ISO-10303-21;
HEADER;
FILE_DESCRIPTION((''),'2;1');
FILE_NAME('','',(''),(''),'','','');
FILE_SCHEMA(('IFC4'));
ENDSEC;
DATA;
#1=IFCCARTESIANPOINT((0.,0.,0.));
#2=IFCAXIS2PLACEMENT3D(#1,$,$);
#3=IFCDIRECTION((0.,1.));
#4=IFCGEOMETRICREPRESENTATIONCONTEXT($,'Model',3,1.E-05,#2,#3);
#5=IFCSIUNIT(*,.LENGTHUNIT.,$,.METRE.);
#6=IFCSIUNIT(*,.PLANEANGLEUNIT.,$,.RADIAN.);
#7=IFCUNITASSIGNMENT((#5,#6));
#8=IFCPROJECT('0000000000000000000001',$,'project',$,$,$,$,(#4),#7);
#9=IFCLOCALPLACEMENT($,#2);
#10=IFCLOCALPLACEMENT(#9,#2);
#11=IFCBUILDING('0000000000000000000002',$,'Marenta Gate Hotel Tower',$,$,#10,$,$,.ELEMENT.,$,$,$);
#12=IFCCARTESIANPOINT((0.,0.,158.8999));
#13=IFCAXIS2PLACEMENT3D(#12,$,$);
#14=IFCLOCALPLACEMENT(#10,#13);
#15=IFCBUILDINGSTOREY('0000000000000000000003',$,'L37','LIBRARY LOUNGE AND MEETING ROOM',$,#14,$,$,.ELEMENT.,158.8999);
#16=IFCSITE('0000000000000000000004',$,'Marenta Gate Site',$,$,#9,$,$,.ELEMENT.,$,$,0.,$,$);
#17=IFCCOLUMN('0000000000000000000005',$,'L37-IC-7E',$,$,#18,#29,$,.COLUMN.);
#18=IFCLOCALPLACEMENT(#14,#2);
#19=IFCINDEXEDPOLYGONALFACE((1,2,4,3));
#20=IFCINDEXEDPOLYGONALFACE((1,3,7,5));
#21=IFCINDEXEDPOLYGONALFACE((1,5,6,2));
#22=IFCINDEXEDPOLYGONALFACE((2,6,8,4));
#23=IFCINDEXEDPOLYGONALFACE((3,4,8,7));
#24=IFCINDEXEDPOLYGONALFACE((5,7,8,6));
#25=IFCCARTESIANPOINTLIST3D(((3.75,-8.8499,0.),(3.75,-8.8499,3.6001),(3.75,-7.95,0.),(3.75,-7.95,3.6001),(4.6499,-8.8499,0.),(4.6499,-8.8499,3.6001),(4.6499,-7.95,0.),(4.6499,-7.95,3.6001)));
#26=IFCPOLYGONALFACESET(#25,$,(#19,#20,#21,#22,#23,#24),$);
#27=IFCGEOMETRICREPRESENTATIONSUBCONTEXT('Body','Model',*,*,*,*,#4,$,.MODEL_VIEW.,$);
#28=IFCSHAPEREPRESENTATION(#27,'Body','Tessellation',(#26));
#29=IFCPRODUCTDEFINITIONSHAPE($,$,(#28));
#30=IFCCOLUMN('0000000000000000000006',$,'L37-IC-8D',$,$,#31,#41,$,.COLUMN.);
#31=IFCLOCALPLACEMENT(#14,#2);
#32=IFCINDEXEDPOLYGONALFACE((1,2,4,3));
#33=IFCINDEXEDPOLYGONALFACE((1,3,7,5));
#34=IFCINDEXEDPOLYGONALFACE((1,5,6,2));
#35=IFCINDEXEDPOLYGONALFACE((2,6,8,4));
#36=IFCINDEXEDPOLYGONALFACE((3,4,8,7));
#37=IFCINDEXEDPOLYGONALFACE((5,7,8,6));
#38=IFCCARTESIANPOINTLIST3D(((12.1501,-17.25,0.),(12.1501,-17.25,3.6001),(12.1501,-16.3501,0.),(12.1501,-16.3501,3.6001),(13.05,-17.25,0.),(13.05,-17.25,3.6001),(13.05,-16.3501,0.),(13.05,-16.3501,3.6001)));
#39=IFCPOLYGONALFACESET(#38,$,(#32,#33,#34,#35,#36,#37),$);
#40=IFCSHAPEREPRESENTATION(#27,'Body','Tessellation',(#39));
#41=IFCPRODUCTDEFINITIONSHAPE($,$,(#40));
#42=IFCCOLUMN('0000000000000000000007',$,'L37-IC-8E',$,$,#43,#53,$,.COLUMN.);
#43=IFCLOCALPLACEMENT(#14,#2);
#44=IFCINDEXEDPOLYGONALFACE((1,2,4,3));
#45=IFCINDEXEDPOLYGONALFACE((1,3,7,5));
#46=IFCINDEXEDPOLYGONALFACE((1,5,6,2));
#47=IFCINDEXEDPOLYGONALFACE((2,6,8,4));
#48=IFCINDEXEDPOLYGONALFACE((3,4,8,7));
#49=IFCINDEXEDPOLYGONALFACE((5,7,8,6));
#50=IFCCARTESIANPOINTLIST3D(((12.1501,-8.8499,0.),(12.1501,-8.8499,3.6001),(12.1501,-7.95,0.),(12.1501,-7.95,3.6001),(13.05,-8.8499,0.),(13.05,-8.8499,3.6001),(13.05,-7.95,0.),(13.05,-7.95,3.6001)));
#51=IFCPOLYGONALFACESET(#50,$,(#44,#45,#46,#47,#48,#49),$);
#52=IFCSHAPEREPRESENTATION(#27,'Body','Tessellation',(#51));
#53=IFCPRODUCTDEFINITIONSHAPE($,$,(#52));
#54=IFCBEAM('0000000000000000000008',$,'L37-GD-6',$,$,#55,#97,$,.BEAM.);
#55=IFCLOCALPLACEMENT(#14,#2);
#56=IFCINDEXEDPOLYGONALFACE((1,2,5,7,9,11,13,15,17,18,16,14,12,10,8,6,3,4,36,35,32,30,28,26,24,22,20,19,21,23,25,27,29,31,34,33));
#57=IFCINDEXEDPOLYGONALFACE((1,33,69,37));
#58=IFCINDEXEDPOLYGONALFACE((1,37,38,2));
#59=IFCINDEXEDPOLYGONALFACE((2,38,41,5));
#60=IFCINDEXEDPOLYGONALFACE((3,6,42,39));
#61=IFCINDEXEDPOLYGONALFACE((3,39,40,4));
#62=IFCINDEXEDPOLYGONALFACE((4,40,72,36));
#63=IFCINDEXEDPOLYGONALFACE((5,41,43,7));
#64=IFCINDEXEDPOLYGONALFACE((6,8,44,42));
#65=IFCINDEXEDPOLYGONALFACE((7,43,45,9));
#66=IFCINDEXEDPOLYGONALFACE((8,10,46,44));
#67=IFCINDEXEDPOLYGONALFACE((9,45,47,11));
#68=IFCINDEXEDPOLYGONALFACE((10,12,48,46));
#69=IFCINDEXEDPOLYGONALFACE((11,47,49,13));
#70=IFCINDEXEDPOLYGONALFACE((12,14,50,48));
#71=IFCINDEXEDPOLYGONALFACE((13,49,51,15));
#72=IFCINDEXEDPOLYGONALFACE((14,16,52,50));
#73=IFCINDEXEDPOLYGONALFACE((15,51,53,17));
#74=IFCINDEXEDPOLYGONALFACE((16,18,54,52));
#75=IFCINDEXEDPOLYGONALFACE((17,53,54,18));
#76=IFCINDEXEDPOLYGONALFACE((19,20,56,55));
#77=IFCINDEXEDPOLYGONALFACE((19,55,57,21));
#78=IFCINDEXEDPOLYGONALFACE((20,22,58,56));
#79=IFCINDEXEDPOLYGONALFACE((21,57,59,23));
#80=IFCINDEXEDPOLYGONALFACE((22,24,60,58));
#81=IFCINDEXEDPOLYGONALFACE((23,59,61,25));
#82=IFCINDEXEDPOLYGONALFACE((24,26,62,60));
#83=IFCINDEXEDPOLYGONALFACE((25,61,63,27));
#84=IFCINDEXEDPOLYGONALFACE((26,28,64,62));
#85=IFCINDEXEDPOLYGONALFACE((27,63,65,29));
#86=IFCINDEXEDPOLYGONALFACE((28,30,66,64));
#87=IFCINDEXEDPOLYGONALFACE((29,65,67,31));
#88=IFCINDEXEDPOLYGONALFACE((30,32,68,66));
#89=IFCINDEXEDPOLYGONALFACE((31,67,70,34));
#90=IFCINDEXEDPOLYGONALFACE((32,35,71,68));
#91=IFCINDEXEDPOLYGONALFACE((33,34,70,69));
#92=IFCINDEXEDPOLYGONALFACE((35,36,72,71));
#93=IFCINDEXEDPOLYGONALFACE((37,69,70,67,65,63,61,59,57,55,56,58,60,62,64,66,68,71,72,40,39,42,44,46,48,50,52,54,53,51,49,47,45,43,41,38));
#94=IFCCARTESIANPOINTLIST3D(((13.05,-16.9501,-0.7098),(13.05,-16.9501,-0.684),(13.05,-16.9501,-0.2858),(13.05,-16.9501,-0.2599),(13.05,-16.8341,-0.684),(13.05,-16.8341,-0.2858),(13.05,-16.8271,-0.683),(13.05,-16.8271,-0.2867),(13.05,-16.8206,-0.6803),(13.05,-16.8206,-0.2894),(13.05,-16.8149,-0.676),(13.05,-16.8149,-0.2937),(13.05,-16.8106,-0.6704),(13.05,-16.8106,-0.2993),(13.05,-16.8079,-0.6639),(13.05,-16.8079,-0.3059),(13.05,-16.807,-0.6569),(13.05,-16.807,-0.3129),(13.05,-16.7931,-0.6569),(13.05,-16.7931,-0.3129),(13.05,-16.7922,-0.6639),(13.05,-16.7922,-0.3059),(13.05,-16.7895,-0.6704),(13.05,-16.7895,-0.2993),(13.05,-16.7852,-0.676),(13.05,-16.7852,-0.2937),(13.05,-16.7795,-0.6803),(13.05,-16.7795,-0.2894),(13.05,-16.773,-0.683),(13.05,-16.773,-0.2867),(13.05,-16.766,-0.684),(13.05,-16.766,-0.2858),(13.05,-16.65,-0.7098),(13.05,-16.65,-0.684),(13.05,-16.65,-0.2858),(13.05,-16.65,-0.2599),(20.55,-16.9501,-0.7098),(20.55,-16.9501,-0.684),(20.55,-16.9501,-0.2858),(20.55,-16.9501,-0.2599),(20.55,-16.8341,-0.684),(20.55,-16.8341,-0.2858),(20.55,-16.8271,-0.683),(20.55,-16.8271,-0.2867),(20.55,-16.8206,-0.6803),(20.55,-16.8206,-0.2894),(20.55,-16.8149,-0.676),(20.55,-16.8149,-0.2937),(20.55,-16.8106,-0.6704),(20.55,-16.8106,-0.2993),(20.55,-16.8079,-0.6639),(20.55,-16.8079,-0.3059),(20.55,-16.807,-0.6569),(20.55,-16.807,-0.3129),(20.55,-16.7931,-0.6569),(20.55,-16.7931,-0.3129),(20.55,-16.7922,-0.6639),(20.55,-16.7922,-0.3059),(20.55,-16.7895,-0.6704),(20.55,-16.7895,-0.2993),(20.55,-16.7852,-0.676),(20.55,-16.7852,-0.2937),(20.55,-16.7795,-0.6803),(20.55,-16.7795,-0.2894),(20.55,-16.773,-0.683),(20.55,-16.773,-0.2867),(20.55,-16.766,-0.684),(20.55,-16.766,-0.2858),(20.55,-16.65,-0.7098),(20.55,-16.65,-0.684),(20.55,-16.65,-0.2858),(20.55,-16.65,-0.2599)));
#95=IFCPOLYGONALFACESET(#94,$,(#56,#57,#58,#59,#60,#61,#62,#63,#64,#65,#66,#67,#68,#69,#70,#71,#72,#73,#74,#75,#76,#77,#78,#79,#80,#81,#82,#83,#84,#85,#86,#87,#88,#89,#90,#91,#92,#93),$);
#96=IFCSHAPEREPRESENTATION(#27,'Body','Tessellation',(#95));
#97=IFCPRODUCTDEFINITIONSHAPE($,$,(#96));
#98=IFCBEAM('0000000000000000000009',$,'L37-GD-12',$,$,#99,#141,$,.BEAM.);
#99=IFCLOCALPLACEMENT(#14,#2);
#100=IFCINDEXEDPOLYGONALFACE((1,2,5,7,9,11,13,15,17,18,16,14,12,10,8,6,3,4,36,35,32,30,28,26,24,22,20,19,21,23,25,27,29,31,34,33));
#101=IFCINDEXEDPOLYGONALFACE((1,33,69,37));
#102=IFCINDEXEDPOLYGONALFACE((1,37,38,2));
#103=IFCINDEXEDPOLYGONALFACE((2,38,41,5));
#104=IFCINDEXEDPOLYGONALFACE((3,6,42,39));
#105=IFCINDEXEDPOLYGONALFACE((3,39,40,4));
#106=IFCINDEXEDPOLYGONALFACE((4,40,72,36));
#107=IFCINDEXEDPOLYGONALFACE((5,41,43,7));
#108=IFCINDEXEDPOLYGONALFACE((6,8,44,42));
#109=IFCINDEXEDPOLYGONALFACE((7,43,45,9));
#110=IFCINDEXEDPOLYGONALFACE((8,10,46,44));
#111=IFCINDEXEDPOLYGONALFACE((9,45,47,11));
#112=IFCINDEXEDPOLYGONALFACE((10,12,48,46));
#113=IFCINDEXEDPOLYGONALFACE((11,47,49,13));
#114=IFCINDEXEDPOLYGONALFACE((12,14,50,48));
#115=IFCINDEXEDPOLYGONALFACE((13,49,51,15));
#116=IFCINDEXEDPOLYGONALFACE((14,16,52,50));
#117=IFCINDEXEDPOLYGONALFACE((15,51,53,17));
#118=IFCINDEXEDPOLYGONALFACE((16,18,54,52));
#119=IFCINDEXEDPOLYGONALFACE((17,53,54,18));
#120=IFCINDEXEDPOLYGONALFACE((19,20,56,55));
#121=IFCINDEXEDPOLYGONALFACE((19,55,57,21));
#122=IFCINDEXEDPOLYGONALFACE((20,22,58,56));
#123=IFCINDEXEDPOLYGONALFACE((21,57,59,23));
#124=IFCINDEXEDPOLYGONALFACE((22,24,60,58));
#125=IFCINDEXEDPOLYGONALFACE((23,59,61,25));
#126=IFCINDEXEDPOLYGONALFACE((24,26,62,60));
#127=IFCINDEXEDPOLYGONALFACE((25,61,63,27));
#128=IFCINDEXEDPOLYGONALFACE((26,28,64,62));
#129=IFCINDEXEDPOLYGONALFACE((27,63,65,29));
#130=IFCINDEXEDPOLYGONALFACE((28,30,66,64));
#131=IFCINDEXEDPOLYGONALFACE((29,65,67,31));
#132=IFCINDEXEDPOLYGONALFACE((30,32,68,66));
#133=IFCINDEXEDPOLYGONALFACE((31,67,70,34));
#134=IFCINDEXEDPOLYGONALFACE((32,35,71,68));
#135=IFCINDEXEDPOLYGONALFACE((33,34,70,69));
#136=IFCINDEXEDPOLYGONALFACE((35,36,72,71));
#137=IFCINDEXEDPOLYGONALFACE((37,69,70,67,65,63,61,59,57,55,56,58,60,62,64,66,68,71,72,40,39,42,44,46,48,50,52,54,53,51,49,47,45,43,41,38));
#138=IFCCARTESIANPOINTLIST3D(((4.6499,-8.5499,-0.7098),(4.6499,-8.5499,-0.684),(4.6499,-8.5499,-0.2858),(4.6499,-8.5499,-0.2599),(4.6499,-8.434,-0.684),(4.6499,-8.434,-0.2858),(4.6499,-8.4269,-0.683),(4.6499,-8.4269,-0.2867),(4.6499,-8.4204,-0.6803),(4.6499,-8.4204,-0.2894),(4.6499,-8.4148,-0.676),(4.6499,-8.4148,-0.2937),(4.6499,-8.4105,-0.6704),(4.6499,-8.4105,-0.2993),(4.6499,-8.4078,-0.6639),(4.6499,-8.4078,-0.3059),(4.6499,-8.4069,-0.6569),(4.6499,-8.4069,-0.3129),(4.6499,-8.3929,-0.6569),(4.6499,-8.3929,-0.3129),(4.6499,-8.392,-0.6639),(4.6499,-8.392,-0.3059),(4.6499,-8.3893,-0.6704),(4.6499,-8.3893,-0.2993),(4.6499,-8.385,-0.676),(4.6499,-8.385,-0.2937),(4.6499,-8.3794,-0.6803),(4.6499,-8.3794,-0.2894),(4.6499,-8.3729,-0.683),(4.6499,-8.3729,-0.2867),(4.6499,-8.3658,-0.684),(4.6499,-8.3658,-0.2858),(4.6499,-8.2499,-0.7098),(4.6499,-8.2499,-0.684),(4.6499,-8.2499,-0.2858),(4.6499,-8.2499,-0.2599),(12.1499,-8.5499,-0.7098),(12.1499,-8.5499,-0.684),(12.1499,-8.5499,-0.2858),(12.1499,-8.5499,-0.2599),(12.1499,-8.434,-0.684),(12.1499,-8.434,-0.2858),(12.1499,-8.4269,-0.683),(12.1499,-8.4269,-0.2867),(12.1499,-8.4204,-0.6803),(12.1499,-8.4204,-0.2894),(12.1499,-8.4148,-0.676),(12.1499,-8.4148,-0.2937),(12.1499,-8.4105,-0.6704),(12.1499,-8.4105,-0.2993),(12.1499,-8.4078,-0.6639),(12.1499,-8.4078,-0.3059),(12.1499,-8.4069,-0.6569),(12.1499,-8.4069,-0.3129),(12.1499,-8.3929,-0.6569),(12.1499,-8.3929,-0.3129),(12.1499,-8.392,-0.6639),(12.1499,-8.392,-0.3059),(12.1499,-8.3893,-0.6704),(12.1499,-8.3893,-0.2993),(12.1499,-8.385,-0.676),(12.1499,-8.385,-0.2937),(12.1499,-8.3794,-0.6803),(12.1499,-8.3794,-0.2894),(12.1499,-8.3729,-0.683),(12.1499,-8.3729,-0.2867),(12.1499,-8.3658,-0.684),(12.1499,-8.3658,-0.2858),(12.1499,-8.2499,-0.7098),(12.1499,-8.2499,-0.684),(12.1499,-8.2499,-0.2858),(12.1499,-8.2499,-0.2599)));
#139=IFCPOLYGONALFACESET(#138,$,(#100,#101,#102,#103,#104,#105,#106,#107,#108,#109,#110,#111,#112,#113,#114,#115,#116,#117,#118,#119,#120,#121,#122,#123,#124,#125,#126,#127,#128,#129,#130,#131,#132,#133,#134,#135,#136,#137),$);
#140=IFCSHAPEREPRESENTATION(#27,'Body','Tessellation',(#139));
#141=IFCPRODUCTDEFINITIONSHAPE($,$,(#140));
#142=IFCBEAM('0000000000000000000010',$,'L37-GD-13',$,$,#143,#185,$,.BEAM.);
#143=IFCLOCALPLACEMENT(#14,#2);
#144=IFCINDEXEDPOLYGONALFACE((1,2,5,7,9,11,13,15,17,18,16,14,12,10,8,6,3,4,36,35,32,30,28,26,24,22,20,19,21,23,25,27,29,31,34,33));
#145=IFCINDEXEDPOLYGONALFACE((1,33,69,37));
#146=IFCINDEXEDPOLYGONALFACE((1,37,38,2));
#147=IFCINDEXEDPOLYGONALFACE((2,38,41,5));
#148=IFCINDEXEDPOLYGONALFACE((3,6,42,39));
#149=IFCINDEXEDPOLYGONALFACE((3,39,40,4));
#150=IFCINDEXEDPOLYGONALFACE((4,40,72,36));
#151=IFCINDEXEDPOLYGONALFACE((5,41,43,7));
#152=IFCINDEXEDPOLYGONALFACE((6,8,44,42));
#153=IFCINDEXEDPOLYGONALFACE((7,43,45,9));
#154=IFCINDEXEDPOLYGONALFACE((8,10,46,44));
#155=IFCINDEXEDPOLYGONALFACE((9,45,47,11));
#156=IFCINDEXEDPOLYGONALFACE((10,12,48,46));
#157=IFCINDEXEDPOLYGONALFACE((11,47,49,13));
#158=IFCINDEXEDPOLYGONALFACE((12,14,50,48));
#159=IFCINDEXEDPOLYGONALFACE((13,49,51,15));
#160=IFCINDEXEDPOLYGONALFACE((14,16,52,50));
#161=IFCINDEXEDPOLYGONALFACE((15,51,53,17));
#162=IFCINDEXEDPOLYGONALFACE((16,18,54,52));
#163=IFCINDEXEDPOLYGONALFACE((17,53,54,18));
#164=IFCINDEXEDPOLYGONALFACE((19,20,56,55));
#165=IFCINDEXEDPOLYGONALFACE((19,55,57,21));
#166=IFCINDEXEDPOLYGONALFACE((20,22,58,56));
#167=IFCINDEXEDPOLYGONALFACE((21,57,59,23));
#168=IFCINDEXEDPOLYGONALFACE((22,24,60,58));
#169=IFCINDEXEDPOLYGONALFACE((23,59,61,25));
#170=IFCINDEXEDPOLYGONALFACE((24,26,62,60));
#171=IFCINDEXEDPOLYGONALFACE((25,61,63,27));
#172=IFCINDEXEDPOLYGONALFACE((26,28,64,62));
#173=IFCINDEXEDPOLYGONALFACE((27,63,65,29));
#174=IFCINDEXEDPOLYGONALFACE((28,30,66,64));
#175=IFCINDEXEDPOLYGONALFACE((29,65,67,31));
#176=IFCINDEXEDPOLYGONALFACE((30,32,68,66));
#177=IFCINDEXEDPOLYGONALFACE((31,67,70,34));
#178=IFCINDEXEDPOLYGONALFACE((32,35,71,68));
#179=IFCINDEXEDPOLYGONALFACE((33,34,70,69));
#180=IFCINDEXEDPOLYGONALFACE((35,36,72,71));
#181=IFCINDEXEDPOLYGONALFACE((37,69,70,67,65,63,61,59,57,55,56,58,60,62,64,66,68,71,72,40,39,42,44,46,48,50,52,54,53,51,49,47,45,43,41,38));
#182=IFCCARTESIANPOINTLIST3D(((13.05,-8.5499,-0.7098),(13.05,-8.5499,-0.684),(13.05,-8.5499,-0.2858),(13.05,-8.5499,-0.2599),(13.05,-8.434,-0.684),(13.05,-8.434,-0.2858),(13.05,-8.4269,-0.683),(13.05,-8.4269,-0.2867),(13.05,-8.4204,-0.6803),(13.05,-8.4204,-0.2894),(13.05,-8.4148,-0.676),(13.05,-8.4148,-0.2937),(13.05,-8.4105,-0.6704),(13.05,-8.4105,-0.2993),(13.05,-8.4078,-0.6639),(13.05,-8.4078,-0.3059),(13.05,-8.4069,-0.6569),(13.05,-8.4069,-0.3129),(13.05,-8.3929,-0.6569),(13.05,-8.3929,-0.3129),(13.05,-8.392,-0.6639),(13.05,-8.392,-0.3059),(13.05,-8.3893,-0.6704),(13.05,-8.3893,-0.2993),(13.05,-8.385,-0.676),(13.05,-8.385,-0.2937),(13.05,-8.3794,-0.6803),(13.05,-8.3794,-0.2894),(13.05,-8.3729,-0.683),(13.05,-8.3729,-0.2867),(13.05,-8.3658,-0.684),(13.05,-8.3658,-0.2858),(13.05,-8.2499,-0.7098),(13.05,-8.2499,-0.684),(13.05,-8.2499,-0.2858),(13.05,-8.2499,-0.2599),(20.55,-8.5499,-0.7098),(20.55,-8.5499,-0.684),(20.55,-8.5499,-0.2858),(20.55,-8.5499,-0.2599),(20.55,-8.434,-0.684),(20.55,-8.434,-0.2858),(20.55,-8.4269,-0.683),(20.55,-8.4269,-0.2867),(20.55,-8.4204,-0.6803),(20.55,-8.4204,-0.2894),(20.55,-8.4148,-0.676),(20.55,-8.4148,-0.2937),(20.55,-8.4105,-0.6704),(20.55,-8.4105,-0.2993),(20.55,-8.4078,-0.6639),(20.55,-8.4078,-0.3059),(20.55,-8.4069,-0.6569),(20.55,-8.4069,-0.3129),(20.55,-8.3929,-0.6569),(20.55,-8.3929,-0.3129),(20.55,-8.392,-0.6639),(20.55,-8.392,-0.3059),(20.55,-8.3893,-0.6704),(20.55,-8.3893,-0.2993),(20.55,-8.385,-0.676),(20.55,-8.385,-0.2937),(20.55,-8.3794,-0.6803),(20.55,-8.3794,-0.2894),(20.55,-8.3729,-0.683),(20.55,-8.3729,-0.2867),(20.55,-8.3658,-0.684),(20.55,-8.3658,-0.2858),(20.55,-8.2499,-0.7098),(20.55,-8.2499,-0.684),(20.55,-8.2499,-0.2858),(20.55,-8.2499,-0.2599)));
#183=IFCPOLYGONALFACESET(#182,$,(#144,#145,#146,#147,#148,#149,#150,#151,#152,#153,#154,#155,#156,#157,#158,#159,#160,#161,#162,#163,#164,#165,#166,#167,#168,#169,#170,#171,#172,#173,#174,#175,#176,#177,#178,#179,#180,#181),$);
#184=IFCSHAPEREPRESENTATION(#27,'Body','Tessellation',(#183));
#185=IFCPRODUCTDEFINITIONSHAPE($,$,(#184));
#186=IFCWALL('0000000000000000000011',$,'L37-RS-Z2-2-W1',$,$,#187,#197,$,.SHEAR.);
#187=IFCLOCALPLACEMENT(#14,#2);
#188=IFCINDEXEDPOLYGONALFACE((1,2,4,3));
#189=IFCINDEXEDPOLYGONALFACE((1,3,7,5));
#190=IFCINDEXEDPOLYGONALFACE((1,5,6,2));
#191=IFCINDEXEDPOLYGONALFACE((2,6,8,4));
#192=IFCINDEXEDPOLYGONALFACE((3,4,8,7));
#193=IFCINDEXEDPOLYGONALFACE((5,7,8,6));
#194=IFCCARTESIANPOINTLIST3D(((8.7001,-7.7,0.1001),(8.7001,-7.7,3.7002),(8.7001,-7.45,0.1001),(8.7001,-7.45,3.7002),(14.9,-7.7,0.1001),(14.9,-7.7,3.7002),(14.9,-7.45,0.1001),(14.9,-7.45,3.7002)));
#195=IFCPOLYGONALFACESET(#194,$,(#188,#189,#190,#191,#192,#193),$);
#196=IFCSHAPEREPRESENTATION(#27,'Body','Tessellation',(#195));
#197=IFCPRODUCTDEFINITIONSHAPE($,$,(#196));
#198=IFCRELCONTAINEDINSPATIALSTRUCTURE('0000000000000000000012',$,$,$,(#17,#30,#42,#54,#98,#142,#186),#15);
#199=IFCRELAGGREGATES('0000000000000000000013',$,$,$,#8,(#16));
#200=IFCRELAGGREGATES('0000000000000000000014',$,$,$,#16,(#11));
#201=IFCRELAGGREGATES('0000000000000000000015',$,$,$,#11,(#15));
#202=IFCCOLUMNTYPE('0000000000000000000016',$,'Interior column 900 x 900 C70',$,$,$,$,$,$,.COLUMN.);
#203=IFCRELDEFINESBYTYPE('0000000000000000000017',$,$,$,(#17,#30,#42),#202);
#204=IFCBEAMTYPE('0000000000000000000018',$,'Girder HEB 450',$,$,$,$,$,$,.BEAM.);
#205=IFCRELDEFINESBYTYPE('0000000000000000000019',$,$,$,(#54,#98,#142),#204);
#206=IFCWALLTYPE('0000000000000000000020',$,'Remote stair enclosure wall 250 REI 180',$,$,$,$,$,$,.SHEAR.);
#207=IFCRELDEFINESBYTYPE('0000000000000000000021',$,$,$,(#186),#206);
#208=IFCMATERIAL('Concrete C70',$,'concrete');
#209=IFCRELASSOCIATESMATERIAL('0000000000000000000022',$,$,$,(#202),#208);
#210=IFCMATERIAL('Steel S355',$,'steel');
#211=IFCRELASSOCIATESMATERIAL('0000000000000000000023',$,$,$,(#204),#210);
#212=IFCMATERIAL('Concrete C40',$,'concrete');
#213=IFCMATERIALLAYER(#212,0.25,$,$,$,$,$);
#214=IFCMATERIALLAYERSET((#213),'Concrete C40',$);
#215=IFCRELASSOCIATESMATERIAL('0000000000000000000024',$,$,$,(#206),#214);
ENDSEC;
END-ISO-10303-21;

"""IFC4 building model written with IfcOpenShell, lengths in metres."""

from ifc_helpers import new_model, si_unit, direction, frame, frame_2d, origin, origin_2d, place, context, subcontext, project, spatial, rectangle, i_section, extrude, material, layer, layer_set, material_profile, profile_set, type_object, element, save


model = new_model("IFC4")

# Units and contexts
model_context = context("Model", 3, precision=1e-05, world=origin(), true_north=direction((0.0, 1.0)))
body_context = subcontext(model_context, "Body", "Model", "MODEL_VIEW")
ifc_project = project(units=[si_unit("LENGTHUNIT", "METRE"), si_unit("PLANEANGLEUNIT", "RADIAN")], contexts=[model_context])

# Site, building, storey
site_placement = place(None, origin())
site = spatial("IfcSite", under=ifc_project, at=site_placement, Name="Marenta Gate Site", CompositionType="ELEMENT", RefElevation=0.0)
building_placement = place(site_placement, origin())
building = spatial("IfcBuilding", under=site, at=building_placement, Name="Marenta Gate Hotel Tower", CompositionType="ELEMENT")
storey_placement = place(building_placement, frame((0.0, 0.0, 158.8999)))
storey = spatial("IfcBuildingStorey", under=building, at=storey_placement, Name="L37", Description="LIBRARY LOUNGE AND MEETING ROOM", CompositionType="ELEMENT", Elevation=158.8999)

# Columns
ifc_material_1 = material(Name="Concrete C70", Category="concrete")
ifc_material_profile_1 = material_profile(ifc_material_1, rectangle(XDim=0.8999, YDim=0.8999, at=origin_2d()), Name="900 x 900")
ifc_profile_set_1 = profile_set([ifc_material_profile_1], Name="Concrete C70")
column_type = type_object("IfcColumnType", Name="Interior column 900 x 900 C70", PredefinedType="COLUMN", material=ifc_profile_set_1)
for number, where, z_axis, x_axis, name in (
    (1, (4.2, -8.3999, 0.0), (0.0, 0.0, 1.0), (1.0, 0.0, 0.0), "L37-IC-7E"),
    (2, (12.6001, -16.8, 0.0), (0.0, 0.0, 1.0), (1.0, 0.0, 0.0), "L37-IC-8D"),
    (3, (12.6001, -8.3999, 0.0), (0.0, 0.0, 1.0), (1.0, 0.0, 0.0), "L37-IC-8E"),
):
    element("IfcColumn", number, at=place(storey_placement, frame(where, z_axis=z_axis, x_axis=x_axis)), inside=storey, type_object=column_type, Name=name, PredefinedType="COLUMN", context=body_context, shape_type="SweptSolid", body=[
        extrude(rectangle(XDim=0.8999, YDim=0.8999, at=origin_2d()), origin(), (0.0, 0.0, 1.0), 3.6001),
    ])

# Beams
ifc_material_2 = material(Name="Steel S355", Category="steel")
ifc_material_profile_2 = material_profile(ifc_material_2, i_section(OverallWidth=0.3, OverallDepth=0.45, WebThickness=0.0139, FlangeThickness=0.0259, FilletRadius=0.0271, at=origin_2d()), Name="HEB 450")
ifc_profile_set_2 = profile_set([ifc_material_profile_2], Name="Steel S355")
beam_type = type_object("IfcBeamType", Name="Girder HEB 450", PredefinedType="BEAM", material=ifc_profile_set_2)
for number, where, z_axis, x_axis, name in (
    (4, (13.05, -16.8, -0.4849), (1.0, 0.0, 0.0), (0.0, 1.0, 0.0), "L37-GD-6"),
    (5, (4.6499, -8.3999, -0.4849), (1.0, 0.0, 0.0), (0.0, 1.0, 0.0), "L37-GD-12"),
    (6, (13.05, -8.3999, -0.4849), (1.0, 0.0, 0.0), (0.0, 1.0, 0.0), "L37-GD-13"),
):
    element("IfcBeam", number, at=place(storey_placement, frame(where, z_axis=z_axis, x_axis=x_axis)), inside=storey, type_object=beam_type, Name=name, PredefinedType="BEAM", context=body_context, shape_type="SweptSolid", body=[
        extrude(i_section(OverallWidth=0.3, OverallDepth=0.45, WebThickness=0.0139, FlangeThickness=0.0259, FilletRadius=0.0271, at=origin_2d()), origin(), (0.0, 0.0, 1.0), 7.5),
    ])

# Wall
ifc_material_3 = material(Name="Concrete C40", Category="concrete")
ifc_layer_1 = layer(ifc_material_3, 0.25)
ifc_layer_set_1 = layer_set([ifc_layer_1], Name="Concrete C40")
wall_type_1 = type_object("IfcWallType", Name="Remote stair enclosure wall 250 REI 180", PredefinedType="SHEAR", material=ifc_layer_set_1)
wall_1_placement = place(storey_placement, frame((8.7, -7.575, 0.1001), z_axis=(0.0, 0.0, 1.0), x_axis=(1.0, 0.0, 0.0)))
element("IfcWall", 7, at=wall_1_placement, inside=storey, type_object=wall_type_1, Name="L37-RS-Z2-2-W1", PredefinedType="SHEAR", context=body_context, shape_type="SweptSolid", body=[
    extrude(rectangle(XDim=6.2, YDim=0.25, at=frame_2d((3.1001, 0.0))), origin(), (0.0, 0.0, 1.0), 3.6001),
])

save(model, "model.ifc")
